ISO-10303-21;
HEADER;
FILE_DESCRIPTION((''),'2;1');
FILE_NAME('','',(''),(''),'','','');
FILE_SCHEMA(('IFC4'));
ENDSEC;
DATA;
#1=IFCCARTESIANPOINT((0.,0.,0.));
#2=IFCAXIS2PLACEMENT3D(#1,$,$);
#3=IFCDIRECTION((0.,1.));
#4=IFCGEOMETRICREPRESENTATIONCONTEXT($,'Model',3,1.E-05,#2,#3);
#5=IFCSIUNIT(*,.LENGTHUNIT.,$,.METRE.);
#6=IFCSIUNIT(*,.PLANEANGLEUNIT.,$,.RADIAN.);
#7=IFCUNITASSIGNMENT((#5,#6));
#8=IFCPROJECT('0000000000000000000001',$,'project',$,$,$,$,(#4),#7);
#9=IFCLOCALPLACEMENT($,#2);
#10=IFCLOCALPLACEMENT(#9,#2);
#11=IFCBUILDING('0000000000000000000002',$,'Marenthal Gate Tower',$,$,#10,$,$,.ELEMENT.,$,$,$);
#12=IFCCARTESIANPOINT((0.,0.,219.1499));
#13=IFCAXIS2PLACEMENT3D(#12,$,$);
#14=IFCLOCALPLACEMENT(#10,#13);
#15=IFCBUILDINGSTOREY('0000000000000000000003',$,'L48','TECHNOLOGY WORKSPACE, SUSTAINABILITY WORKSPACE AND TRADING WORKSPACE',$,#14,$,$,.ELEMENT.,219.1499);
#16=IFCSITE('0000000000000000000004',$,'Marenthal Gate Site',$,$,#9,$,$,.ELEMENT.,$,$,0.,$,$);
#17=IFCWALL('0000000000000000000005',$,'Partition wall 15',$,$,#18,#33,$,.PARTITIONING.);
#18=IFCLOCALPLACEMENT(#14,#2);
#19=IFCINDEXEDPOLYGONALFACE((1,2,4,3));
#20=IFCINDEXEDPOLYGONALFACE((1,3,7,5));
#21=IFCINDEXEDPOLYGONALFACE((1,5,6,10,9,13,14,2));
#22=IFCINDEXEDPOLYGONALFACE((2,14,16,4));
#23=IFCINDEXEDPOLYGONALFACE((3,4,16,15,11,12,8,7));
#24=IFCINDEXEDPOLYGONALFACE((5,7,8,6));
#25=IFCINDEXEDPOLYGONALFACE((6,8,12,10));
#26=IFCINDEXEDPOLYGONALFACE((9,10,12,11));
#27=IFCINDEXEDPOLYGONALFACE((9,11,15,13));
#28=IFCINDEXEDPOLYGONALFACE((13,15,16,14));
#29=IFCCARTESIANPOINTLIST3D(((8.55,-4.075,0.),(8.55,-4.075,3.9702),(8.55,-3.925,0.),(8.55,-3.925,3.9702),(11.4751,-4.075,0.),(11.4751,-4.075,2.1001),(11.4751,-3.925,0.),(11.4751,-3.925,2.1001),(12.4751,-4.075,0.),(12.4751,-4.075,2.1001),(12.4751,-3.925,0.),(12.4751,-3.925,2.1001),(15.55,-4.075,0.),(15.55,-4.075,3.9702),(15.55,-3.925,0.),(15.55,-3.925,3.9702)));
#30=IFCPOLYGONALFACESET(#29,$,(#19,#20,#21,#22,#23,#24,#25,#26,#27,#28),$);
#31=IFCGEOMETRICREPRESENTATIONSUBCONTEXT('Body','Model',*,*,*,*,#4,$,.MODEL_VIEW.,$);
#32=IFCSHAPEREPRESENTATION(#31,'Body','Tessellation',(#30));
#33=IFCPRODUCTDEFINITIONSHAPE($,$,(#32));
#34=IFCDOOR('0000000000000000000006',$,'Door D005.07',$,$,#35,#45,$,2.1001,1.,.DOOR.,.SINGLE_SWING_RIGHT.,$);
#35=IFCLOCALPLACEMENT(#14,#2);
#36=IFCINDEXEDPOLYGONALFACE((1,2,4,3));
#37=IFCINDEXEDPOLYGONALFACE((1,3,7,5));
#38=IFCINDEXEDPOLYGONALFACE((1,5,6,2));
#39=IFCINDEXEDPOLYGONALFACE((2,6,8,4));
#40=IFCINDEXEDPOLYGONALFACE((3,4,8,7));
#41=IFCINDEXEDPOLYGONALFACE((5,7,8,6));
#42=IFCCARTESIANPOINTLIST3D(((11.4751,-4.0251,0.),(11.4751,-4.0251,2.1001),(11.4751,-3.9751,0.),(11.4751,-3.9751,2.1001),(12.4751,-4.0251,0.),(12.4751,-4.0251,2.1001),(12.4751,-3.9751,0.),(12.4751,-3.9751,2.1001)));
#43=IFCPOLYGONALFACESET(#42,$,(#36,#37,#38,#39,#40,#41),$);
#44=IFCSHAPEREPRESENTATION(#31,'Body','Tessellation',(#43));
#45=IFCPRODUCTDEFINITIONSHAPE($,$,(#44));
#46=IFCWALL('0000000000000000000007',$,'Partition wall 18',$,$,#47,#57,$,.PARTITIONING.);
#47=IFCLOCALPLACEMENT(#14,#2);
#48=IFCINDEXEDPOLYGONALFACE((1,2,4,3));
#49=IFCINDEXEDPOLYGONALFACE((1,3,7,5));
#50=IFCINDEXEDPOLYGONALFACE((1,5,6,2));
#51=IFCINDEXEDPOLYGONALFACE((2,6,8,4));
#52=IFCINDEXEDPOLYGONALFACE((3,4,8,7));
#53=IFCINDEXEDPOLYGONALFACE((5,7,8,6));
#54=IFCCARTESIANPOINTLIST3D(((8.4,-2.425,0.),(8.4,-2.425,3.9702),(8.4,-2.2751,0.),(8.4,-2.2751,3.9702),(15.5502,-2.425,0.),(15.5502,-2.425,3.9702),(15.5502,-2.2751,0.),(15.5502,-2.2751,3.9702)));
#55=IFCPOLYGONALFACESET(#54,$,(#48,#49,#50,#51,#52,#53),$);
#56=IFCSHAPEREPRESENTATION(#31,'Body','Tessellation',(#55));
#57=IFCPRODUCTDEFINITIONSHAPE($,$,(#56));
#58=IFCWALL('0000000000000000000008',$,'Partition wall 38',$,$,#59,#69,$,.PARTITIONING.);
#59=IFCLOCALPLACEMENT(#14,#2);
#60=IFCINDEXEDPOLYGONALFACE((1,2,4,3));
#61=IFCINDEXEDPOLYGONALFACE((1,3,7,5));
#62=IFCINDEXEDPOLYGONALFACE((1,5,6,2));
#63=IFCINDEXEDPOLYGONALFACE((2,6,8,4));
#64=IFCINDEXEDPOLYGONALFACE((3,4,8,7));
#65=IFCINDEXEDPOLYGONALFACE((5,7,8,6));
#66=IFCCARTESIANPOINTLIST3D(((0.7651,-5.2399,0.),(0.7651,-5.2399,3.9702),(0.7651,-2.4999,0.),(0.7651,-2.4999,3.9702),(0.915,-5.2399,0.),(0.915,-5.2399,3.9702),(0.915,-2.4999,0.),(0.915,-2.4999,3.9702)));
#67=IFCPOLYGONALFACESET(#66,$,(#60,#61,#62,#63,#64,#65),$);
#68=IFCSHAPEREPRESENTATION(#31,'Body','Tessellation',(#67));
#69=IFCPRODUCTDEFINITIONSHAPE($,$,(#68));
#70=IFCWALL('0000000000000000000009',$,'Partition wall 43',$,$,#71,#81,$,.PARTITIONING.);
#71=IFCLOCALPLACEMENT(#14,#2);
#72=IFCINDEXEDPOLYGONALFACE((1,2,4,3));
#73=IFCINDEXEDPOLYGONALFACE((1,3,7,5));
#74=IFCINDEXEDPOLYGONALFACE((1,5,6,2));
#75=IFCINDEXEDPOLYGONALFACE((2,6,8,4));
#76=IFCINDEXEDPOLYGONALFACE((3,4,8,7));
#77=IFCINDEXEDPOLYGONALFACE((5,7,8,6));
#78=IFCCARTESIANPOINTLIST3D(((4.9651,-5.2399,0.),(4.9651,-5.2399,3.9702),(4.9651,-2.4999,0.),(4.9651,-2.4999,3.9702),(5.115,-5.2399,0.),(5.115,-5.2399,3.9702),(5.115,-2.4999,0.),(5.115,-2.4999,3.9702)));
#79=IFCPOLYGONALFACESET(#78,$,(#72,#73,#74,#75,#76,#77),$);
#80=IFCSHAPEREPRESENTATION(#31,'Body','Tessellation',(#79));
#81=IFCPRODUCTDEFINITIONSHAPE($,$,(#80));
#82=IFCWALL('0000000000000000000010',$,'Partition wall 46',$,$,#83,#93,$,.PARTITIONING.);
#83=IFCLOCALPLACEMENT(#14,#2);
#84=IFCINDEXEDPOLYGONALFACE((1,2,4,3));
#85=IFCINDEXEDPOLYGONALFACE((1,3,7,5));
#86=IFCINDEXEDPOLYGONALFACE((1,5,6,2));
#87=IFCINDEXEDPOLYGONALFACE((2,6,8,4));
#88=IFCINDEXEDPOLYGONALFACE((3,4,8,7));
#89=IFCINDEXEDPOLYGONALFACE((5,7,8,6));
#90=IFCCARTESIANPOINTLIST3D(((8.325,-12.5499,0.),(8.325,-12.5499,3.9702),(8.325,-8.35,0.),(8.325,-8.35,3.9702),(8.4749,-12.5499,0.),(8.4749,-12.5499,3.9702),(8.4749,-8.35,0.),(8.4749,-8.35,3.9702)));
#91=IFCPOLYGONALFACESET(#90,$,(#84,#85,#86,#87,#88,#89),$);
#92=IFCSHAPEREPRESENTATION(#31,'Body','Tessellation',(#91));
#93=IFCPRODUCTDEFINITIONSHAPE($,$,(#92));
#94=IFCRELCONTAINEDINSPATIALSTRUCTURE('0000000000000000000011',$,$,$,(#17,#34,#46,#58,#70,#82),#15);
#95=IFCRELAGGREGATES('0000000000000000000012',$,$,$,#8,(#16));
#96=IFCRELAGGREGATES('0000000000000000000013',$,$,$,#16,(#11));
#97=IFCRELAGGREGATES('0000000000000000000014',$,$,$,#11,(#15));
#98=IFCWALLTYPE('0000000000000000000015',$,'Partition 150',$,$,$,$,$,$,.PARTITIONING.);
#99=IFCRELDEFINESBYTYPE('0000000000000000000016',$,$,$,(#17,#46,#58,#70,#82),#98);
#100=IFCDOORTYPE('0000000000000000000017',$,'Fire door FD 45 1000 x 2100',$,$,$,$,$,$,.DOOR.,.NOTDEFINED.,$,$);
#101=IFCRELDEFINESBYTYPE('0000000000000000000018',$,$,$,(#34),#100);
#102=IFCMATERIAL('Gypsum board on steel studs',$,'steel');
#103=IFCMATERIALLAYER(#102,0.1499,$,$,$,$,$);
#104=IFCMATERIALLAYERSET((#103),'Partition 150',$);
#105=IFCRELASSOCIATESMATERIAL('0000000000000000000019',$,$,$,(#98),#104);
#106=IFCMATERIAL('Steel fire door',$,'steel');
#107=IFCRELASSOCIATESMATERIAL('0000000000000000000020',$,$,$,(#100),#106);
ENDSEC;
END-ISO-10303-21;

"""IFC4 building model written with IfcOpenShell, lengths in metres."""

from ifc_helpers import new_model, si_unit, direction, frame, frame_2d, origin, place, context, subcontext, project, spatial, rectangle, extrude, material, layer, layer_set, type_object, element, fill, save


model = new_model("IFC4")

# Units and contexts
model_context = context("Model", 3, precision=1e-05, world=origin(), true_north=direction((0.0, 1.0)))
body_context = subcontext(model_context, "Body", "Model", "MODEL_VIEW")
ifc_project = project(units=[si_unit("LENGTHUNIT", "METRE"), si_unit("PLANEANGLEUNIT", "RADIAN")], contexts=[model_context])

# Site, building, storey
site_placement = place(None, origin())
site = spatial("IfcSite", under=ifc_project, at=site_placement, Name="Marenthal Gate Site", CompositionType="ELEMENT", RefElevation=0.0)
building_placement = place(site_placement, origin())
building = spatial("IfcBuilding", under=site, at=building_placement, Name="Marenthal Gate Tower", CompositionType="ELEMENT")
storey_placement = place(building_placement, frame((0.0, 0.0, 219.1499)))
storey = spatial("IfcBuildingStorey", under=building, at=storey_placement, Name="L48", Description="TECHNOLOGY WORKSPACE, SUSTAINABILITY WORKSPACE AND TRADING WORKSPACE", CompositionType="ELEMENT", Elevation=219.1499)

# Wall, opening, door
ifc_material_1 = material(Name="Gypsum board on steel studs", Category="steel")
ifc_layer_1 = layer(ifc_material_1, 0.1499)
ifc_layer_set_1 = layer_set([ifc_layer_1], Name="Partition 150")
wall_type_1 = type_object("IfcWallType", Name="Partition 150", PredefinedType="PARTITIONING", material=ifc_layer_set_1)
ifc_material_2 = material(Name="Steel fire door", Category="steel")
door_type_1 = type_object("IfcDoorType", Name="Fire door FD 45 1000 x 2100", OperationType="NOTDEFINED", PredefinedType="DOOR", material=ifc_material_2)
wall_1_placement = place(storey_placement, frame((8.55, -4.0, 0.0), z_axis=(0.0, 0.0, 1.0), x_axis=(1.0, 0.0, 0.0)))
wall_1 = element("IfcWall", 1, at=wall_1_placement, inside=storey, type_object=wall_type_1, Name="Partition wall 15", PredefinedType="PARTITIONING", context=body_context, shape_type="SweptSolid", body=[
    extrude(rectangle(XDim=7.0, YDim=0.1499, at=frame_2d((3.5, 0.0))), origin(), (0.0, 0.0, 1.0), 3.9702),
])
opening_1_placement = place(wall_1_placement, frame((2.925, 0.0, 0.0)))
opening_1 = element("IfcOpeningElement", 2, at=opening_1_placement, cuts=wall_1, PredefinedType="OPENING", context=body_context, shape_type="SweptSolid", body=[
    extrude(rectangle(XDim=1.0, YDim=2.1001, at=frame_2d((0.5, 1.05))), frame((0.0, 0.085, 0.0), z_axis=(0.0, -1.0, 0.0), x_axis=(1.0, 0.0, 0.0)), (0.0, 0.0, 1.0), 0.1699),
])
door_1_placement = place(opening_1_placement, origin())
door_1 = element("IfcDoor", 3, at=door_1_placement, inside=storey, type_object=door_type_1, Name="Door D005.07", OperationType="SINGLE_SWING_RIGHT", OverallHeight=2.1001, OverallWidth=1.0, PredefinedType="DOOR", context=body_context, shape_type="SweptSolid", body=[
    extrude(rectangle(XDim=1.0, YDim=2.1001, at=frame_2d((0.5, 1.05))), frame((0.0, 0.0249, 0.0), z_axis=(0.0, -1.0, 0.0), x_axis=(1.0, 0.0, 0.0)), (0.0, 0.0, 1.0), 0.05),
])
fill(opening_1, door_1)

# Walls
wall_2_placement = place(storey_placement, frame((8.3999, -2.3501, 0.0), z_axis=(0.0, 0.0, 1.0), x_axis=(1.0, 0.0, 0.0)))
element("IfcWall", 4, at=wall_2_placement, inside=storey, type_object=wall_type_1, Name="Partition wall 18", PredefinedType="PARTITIONING", context=body_context, shape_type="SweptSolid", body=[
    extrude(rectangle(XDim=7.1501, YDim=0.1499, at=frame_2d((3.5752, 0.0))), origin(), (0.0, 0.0, 1.0), 3.9702),
])
for number, where, z_axis, x_axis, name in (
    (5, (0.8401, -5.24, 0.0), (0.0, 0.0, 1.0), (0.0, 1.0, 0.0), "Partition wall 38"),
    (6, (5.04, -5.24, 0.0), (0.0, 0.0, 1.0), (0.0, 1.0, 0.0), "Partition wall 43"),
):
    element("IfcWall", number, at=place(storey_placement, frame(where, z_axis=z_axis, x_axis=x_axis)), inside=storey, type_object=wall_type_1, Name=name, PredefinedType="PARTITIONING", context=body_context, shape_type="SweptSolid", body=[
        extrude(rectangle(XDim=2.74, YDim=0.1499, at=frame_2d((1.3701, 0.0))), origin(), (0.0, 0.0, 1.0), 3.9702),
    ])
wall_3_placement = place(storey_placement, frame((8.3999, -12.55, 0.0), z_axis=(0.0, 0.0, 1.0), x_axis=(0.0, 1.0, 0.0)))
element("IfcWall", 7, at=wall_3_placement, inside=storey, type_object=wall_type_1, Name="Partition wall 46", PredefinedType="PARTITIONING", context=body_context, shape_type="SweptSolid", body=[
    extrude(rectangle(XDim=4.2, YDim=0.1499, at=frame_2d((2.1001, 0.0))), origin(), (0.0, 0.0, 1.0), 3.9702),
])

save(model, "model.ifc")
